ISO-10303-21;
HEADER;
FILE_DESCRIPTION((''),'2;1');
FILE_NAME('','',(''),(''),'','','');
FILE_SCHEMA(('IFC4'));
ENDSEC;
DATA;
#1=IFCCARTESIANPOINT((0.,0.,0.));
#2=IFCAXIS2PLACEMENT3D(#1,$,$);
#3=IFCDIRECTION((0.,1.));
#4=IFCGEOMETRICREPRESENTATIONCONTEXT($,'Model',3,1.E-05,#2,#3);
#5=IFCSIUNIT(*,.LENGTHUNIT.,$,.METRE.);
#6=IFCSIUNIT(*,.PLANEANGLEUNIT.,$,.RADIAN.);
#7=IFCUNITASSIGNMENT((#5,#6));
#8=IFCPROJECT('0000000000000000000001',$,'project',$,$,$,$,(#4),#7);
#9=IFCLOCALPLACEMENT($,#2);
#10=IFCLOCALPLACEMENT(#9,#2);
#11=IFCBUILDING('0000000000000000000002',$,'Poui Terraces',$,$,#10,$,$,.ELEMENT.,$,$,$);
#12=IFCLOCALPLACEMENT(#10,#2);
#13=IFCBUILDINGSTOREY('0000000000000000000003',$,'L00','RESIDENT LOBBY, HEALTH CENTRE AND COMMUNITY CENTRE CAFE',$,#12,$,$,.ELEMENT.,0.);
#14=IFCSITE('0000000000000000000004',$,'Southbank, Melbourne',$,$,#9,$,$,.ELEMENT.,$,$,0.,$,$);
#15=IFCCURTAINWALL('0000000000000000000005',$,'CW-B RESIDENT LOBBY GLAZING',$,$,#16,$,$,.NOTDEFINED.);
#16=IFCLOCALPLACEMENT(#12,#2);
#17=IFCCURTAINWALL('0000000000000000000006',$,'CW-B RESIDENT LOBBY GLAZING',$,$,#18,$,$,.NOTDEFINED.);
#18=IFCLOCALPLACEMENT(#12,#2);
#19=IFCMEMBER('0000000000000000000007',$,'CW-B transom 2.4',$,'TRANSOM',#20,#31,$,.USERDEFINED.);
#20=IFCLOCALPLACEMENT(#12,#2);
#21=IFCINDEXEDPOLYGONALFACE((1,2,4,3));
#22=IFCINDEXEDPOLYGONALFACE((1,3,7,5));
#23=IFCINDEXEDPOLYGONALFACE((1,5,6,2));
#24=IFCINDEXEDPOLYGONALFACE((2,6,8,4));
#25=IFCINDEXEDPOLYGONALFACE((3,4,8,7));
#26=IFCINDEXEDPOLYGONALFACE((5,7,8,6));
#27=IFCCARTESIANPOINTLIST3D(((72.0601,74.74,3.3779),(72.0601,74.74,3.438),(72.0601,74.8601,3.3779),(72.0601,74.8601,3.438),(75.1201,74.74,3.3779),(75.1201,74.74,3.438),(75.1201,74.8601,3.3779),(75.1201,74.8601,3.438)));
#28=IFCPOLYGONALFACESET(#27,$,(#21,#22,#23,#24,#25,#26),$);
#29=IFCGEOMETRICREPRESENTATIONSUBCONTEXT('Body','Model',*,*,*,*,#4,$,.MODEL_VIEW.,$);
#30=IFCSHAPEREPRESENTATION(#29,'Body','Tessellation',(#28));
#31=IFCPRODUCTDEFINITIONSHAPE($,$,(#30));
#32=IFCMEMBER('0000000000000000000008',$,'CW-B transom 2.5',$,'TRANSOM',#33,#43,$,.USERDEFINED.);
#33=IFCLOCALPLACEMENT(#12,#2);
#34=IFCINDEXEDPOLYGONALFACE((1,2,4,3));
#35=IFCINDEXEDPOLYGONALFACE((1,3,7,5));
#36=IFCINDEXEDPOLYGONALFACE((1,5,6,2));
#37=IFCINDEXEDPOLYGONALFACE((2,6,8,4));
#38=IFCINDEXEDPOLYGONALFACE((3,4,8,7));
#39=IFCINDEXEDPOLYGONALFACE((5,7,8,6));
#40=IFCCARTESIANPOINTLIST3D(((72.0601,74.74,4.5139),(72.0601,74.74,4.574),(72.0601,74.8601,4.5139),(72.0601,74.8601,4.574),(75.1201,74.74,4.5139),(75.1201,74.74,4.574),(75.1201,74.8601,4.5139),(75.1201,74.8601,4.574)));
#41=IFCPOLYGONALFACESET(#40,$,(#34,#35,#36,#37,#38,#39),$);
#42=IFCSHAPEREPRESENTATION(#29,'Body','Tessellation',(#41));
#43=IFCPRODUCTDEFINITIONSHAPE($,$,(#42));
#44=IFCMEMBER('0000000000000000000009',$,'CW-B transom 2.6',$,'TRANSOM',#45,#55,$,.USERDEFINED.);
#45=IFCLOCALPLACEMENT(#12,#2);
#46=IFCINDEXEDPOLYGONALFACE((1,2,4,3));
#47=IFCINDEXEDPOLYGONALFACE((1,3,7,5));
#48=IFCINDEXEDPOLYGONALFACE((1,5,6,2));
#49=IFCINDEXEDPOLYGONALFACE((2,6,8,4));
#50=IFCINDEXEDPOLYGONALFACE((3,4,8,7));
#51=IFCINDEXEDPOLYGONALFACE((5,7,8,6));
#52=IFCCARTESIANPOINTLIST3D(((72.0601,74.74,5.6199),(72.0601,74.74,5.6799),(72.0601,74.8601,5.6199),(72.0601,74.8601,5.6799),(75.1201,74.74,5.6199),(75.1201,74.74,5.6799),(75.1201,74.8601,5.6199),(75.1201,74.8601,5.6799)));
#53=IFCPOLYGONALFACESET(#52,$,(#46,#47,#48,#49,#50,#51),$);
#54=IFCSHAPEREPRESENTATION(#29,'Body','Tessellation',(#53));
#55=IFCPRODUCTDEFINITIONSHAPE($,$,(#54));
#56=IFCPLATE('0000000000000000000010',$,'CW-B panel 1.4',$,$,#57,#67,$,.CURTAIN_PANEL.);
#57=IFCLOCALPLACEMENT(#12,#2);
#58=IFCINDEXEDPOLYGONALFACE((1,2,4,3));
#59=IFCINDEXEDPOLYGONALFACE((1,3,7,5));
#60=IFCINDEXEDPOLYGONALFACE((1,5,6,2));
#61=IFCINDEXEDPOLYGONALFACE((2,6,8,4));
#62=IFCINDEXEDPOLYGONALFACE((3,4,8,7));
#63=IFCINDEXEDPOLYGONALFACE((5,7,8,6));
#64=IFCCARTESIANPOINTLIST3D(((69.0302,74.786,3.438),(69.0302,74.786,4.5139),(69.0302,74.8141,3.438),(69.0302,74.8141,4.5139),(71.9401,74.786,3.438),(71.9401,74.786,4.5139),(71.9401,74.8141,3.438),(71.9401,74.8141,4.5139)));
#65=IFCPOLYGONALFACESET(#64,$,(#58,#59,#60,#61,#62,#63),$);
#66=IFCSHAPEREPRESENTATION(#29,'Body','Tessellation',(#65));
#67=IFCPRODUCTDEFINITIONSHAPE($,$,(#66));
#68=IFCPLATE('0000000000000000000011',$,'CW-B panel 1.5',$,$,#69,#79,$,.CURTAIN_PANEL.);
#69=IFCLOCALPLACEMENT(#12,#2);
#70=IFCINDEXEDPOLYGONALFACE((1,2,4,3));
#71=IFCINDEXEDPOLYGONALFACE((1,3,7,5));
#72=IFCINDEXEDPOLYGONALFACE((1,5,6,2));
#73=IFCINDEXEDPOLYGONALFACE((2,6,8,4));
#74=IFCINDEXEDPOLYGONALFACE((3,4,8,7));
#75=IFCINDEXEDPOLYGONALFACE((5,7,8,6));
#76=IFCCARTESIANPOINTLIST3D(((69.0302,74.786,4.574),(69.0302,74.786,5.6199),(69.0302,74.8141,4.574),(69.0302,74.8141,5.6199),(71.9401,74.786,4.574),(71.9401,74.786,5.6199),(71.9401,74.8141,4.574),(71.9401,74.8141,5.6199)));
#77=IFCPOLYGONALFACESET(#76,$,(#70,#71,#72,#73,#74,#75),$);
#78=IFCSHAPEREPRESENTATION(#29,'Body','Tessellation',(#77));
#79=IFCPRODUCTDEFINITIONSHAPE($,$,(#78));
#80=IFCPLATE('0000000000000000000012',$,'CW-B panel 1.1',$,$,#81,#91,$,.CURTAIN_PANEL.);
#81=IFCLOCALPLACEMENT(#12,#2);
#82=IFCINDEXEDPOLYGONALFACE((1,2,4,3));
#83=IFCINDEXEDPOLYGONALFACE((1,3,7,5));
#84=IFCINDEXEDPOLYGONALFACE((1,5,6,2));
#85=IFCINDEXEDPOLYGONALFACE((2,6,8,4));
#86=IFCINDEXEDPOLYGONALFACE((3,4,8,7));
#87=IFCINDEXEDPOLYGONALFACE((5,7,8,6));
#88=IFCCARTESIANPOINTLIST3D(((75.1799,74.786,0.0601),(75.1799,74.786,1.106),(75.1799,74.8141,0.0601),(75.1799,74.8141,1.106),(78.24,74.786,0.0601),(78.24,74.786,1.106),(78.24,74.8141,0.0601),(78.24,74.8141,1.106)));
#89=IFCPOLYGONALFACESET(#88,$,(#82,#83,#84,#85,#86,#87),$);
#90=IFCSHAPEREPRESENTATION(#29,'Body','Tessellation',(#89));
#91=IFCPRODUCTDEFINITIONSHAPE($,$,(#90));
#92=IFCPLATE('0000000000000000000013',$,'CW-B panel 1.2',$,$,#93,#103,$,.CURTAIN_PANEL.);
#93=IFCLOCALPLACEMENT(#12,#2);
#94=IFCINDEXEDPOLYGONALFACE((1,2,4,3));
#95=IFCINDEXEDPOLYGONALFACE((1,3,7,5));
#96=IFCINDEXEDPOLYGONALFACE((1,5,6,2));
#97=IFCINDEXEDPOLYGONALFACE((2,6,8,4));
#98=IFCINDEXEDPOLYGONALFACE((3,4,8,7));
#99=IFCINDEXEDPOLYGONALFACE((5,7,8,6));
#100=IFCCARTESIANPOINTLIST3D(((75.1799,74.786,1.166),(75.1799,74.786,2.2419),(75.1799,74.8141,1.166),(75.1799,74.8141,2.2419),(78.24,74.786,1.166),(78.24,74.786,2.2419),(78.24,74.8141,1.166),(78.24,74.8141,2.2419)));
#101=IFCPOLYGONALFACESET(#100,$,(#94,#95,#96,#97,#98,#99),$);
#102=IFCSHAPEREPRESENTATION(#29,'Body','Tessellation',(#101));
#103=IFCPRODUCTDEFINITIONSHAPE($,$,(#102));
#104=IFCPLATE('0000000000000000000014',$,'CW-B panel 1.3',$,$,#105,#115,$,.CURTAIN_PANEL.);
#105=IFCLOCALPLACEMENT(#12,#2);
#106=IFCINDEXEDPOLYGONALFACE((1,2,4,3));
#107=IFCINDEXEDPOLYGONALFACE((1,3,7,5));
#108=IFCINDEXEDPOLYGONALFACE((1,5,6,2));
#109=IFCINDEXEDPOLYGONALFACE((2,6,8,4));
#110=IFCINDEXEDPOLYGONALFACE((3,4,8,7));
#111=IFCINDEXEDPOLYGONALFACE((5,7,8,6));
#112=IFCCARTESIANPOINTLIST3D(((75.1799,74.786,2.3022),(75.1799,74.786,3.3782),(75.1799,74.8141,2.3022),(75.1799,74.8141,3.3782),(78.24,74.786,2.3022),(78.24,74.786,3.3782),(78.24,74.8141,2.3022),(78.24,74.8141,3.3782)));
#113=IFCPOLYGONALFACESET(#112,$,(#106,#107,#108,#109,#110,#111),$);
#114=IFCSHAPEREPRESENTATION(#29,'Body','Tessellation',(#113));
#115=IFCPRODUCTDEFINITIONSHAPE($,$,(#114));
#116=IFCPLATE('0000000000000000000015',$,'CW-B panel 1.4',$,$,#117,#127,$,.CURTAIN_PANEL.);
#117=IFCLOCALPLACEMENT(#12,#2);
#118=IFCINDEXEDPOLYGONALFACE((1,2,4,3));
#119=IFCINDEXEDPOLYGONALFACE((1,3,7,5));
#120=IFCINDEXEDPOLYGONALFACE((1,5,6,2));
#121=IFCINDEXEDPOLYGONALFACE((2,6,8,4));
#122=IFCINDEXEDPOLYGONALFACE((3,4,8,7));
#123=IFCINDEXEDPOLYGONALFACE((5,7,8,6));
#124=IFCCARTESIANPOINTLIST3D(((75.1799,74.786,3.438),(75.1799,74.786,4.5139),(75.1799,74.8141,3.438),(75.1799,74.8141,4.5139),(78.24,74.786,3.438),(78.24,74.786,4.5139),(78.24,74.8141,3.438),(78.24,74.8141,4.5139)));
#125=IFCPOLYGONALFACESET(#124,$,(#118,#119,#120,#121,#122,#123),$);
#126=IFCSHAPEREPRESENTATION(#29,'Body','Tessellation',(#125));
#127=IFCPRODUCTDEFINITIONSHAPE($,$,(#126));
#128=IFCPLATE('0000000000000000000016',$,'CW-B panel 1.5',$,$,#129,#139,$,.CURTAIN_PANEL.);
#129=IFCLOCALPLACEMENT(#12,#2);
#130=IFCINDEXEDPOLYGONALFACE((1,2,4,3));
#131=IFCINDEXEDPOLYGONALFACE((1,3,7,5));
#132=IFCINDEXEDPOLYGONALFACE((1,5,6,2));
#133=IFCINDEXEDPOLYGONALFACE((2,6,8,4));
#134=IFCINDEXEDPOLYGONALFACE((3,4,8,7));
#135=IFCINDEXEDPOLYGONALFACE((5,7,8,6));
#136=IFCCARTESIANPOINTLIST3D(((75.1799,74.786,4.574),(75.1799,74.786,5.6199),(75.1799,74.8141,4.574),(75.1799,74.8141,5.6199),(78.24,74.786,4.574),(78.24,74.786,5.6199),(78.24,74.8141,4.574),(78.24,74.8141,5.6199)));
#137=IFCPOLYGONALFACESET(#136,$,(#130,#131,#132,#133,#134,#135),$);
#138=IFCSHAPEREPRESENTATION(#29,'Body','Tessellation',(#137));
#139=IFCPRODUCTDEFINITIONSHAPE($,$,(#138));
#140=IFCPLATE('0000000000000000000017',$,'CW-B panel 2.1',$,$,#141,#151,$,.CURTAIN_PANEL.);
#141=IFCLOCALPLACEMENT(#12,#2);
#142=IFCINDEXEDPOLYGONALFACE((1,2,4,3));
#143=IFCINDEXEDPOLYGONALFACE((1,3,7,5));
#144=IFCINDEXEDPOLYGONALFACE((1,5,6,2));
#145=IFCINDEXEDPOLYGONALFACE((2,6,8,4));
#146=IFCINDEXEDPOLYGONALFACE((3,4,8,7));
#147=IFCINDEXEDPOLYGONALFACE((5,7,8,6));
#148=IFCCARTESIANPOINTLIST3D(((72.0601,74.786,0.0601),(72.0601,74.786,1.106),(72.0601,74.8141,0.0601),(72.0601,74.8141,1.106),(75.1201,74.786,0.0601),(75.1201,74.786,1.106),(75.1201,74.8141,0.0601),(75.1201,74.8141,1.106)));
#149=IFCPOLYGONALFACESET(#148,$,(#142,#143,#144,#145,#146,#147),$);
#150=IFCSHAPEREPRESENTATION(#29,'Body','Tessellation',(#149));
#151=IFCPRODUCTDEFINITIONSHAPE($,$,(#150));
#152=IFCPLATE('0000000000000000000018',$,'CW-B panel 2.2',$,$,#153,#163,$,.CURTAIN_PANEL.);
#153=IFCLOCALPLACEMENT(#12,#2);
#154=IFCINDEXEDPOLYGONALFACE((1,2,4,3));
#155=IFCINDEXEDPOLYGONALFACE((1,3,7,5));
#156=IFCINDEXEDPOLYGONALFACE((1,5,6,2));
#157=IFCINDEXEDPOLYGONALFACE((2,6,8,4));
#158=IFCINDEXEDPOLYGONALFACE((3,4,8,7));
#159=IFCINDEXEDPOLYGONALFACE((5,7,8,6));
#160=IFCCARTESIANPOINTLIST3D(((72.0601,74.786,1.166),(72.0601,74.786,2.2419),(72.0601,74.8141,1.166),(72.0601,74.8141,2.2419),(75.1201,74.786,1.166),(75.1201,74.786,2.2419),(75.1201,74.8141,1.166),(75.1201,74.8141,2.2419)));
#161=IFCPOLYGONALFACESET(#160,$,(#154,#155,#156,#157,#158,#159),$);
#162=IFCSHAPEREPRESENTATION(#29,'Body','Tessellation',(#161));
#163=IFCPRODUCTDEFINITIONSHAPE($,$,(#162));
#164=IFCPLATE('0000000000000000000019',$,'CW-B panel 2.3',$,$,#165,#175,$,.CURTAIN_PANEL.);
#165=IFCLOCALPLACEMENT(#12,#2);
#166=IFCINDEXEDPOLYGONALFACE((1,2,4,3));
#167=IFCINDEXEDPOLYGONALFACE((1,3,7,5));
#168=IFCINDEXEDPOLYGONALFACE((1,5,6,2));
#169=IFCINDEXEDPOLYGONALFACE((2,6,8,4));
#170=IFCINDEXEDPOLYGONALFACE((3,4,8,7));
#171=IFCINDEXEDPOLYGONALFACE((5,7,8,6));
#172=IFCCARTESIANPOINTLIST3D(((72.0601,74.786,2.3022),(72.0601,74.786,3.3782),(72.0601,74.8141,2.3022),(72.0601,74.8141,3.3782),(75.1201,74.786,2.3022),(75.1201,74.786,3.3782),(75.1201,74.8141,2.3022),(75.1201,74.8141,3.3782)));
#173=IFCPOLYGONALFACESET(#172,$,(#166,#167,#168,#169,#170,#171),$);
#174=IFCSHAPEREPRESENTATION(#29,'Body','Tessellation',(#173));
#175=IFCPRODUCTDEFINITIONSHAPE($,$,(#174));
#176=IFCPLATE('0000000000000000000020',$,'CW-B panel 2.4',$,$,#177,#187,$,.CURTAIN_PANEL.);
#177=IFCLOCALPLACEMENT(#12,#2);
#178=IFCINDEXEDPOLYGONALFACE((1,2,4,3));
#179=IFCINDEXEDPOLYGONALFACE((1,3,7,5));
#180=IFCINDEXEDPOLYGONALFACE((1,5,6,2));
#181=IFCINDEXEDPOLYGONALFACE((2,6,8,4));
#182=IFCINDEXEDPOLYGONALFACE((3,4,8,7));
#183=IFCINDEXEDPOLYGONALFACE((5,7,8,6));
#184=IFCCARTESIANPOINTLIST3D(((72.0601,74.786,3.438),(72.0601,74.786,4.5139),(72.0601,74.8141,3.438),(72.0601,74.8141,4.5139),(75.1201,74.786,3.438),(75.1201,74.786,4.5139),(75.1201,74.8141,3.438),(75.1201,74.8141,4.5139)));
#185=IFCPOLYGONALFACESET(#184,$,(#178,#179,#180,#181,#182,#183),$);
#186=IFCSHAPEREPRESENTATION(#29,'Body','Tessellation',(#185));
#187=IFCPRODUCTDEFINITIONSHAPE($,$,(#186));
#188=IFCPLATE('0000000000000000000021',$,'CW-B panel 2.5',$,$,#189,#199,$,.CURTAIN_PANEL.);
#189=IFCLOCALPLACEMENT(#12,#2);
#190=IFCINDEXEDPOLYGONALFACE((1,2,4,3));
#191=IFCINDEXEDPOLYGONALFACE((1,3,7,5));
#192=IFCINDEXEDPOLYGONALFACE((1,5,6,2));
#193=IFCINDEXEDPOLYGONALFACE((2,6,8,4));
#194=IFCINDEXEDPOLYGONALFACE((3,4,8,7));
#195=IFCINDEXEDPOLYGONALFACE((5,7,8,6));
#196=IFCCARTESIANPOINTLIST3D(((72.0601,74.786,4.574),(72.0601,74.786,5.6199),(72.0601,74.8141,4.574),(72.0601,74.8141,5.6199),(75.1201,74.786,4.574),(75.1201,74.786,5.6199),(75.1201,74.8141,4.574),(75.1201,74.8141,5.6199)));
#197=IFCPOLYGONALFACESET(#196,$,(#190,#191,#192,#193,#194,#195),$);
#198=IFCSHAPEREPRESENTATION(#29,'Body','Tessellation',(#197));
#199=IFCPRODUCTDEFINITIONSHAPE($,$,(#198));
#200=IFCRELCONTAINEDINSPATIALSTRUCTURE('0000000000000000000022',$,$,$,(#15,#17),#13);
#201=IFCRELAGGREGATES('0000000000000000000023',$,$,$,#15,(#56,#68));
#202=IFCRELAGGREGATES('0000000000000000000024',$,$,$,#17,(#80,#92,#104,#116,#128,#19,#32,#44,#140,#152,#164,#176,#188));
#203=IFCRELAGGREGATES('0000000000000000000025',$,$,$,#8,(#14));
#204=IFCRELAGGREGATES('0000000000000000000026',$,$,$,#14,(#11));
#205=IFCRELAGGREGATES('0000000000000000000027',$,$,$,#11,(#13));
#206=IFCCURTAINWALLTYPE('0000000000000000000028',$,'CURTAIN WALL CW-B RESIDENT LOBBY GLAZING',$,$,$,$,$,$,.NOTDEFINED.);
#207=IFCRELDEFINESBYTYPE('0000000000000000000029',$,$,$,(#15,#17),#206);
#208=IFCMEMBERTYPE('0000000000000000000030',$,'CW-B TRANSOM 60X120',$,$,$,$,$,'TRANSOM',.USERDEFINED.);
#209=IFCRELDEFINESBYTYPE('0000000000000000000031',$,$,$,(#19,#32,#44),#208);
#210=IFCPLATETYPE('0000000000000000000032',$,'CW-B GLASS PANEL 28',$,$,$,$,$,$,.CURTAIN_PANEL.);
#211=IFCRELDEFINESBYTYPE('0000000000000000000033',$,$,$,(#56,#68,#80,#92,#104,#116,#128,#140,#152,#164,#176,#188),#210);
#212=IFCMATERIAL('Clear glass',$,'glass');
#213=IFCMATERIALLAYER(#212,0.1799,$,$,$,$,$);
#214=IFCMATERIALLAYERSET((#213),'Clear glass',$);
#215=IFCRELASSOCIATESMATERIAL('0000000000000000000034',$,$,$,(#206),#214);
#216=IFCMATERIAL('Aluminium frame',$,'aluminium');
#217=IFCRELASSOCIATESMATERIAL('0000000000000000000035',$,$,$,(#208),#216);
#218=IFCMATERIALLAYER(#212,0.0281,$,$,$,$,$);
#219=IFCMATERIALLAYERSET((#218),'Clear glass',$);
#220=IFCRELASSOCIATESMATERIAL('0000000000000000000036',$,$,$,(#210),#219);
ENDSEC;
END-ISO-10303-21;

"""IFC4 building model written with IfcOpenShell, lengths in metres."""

from ifc_helpers import new_model, si_unit, direction, frame, origin, origin_2d, place, context, subcontext, project, spatial, rectangle, extrude, material, layer, layer_set, material_profile, profile_set, type_object, element, aggregate, save


model = new_model("IFC4")

# Units and contexts
model_context = context("Model", 3, precision=1e-05, world=origin(), true_north=direction((0.0, 1.0)))
body_context = subcontext(model_context, "Body", "Model", "MODEL_VIEW")
ifc_project = project(units=[si_unit("LENGTHUNIT", "METRE"), si_unit("PLANEANGLEUNIT", "RADIAN")], contexts=[model_context])

# Site, building, storey
site_placement = place(None, origin())
site = spatial("IfcSite", under=ifc_project, at=site_placement, Name="Southbank, Melbourne", CompositionType="ELEMENT", RefElevation=0.0)
building_placement = place(site_placement, origin())
building = spatial("IfcBuilding", under=site, at=building_placement, Name="Poui Terraces", CompositionType="ELEMENT")
storey_placement = place(building_placement, origin())
storey = spatial("IfcBuildingStorey", under=building, at=storey_placement, Name="L00", Description="RESIDENT LOBBY, HEALTH CENTRE AND COMMUNITY CENTRE CAFE", CompositionType="ELEMENT", Elevation=0.0)

# Curtain wall
ifc_material_1 = material(Name="Clear glass", Category="glass")
ifc_layer_1 = layer(ifc_material_1, 0.1799)
ifc_layer_set_1 = layer_set([ifc_layer_1], Name="Clear glass")
curtain_wall_type = type_object("IfcCurtainWallType", Name="CURTAIN WALL CW-B RESIDENT LOBBY GLAZING", PredefinedType="NOTDEFINED", material=ifc_layer_set_1)
curtain_wall_1_placement = place(storey_placement, origin())
curtain_wall_1 = element("IfcCurtainWall", 1, at=curtain_wall_1_placement, inside=storey, type_object=curtain_wall_type, Name="CW-B RESIDENT LOBBY GLAZING", PredefinedType="NOTDEFINED")
ifc_material_2 = material(Name="Aluminium frame", Category="aluminium")

# Curtain wall
curtain_wall_2_placement = place(storey_placement, origin())
curtain_wall_2 = element("IfcCurtainWall", 2, at=curtain_wall_2_placement, inside=storey, type_object=curtain_wall_type, Name="CW-B RESIDENT LOBBY GLAZING", PredefinedType="NOTDEFINED")

# Members
ifc_material_profile_1 = material_profile(ifc_material_2, rectangle(XDim=0.1201, YDim=0.0601, at=origin_2d()), Name="CW-B TRANSOM 60X120")
ifc_profile_set_1 = profile_set([ifc_material_profile_1], Name="Aluminium frame")
member_type_1 = type_object("IfcMemberType", Name="CW-B TRANSOM 60X120", ElementType="TRANSOM", PredefinedType="USERDEFINED", material=ifc_profile_set_1)
member_1_placement = place(storey_placement, frame((75.1201, 74.8, 3.408), z_axis=(-1.0, 0.0, 0.0), x_axis=(0.0, -1.0, 0.0)))
member_1 = element("IfcMember", 3, at=member_1_placement, type_object=member_type_1, Name="CW-B transom 2.4", ObjectType="TRANSOM", PredefinedType="USERDEFINED", context=body_context, shape_type="SweptSolid", body=[
    extrude(rectangle(XDim=0.1201, YDim=0.0601, at=origin_2d()), origin(), (0.0, 0.0, 1.0), 3.0601),
])
member_2_placement = place(storey_placement, frame((75.1201, 74.8, 4.5439), z_axis=(-1.0, 0.0, 0.0), x_axis=(0.0, -1.0, 0.0)))
member_2 = element("IfcMember", 4, at=member_2_placement, type_object=member_type_1, Name="CW-B transom 2.5", ObjectType="TRANSOM", PredefinedType="USERDEFINED", context=body_context, shape_type="SweptSolid", body=[
    extrude(rectangle(XDim=0.1201, YDim=0.0601, at=origin_2d()), origin(), (0.0, 0.0, 1.0), 3.0601),
])
member_3_placement = place(storey_placement, frame((75.1201, 74.8, 5.6499), z_axis=(-1.0, 0.0, 0.0), x_axis=(0.0, -1.0, 0.0)))
member_3 = element("IfcMember", 5, at=member_3_placement, type_object=member_type_1, Name="CW-B transom 2.6", ObjectType="TRANSOM", PredefinedType="USERDEFINED", context=body_context, shape_type="SweptSolid", body=[
    extrude(rectangle(XDim=0.1201, YDim=0.0601, at=origin_2d()), origin(), (0.0, 0.0, 1.0), 3.0601),
])

# Plates
ifc_layer_2 = layer(ifc_material_1, 0.0281)
ifc_layer_set_2 = layer_set([ifc_layer_2], Name="Clear glass")
plate_type = type_object("IfcPlateType", Name="CW-B GLASS PANEL 28", PredefinedType="CURTAIN_PANEL", material=ifc_layer_set_2)
plate_1_placement = place(storey_placement, frame((70.4851, 74.8, 3.438), z_axis=(0.0, 0.0, 1.0), x_axis=(-1.0, 0.0, 0.0)))
plate_1 = element("IfcPlate", 6, at=plate_1_placement, type_object=plate_type, Name="CW-B panel 1.4", PredefinedType="CURTAIN_PANEL", context=body_context, shape_type="SweptSolid", body=[
    extrude(rectangle(XDim=2.9099, YDim=0.0281, at=origin_2d()), origin(), (0.0, 0.0, 1.0), 1.0759),
])
plate_2_placement = place(storey_placement, frame((70.4851, 74.8, 4.574), z_axis=(0.0, 0.0, 1.0), x_axis=(-1.0, 0.0, 0.0)))
plate_2 = element("IfcPlate", 7, at=plate_2_placement, type_object=plate_type, Name="CW-B panel 1.5", PredefinedType="CURTAIN_PANEL", context=body_context, shape_type="SweptSolid", body=[
    extrude(rectangle(XDim=2.9099, YDim=0.0281, at=origin_2d()), origin(), (0.0, 0.0, 1.0), 1.0459),
])
aggregate(curtain_wall_1, [plate_1, plate_2])
plate_3_placement = place(storey_placement, frame((76.71, 74.8, 0.0601), z_axis=(0.0, 0.0, 1.0), x_axis=(-1.0, 0.0, 0.0)))
plate_3 = element("IfcPlate", 8, at=plate_3_placement, type_object=plate_type, Name="CW-B panel 1.1", PredefinedType="CURTAIN_PANEL", context=body_context, shape_type="SweptSolid", body=[
    extrude(rectangle(XDim=3.0601, YDim=0.0281, at=origin_2d()), origin(), (0.0, 0.0, 1.0), 1.0459),
])
plate_4_placement = place(storey_placement, frame((76.71, 74.8, 1.166), z_axis=(0.0, 0.0, 1.0), x_axis=(-1.0, 0.0, 0.0)))
plate_4 = element("IfcPlate", 9, at=plate_4_placement, type_object=plate_type, Name="CW-B panel 1.2", PredefinedType="CURTAIN_PANEL", context=body_context, shape_type="SweptSolid", body=[
    extrude(rectangle(XDim=3.0601, YDim=0.0281, at=origin_2d()), origin(), (0.0, 0.0, 1.0), 1.0759),
])
plate_5_placement = place(storey_placement, frame((76.71, 74.8, 2.3022), z_axis=(0.0, 0.0, 1.0), x_axis=(-1.0, 0.0, 0.0)))
plate_5 = element("IfcPlate", 10, at=plate_5_placement, type_object=plate_type, Name="CW-B panel 1.3", PredefinedType="CURTAIN_PANEL", context=body_context, shape_type="SweptSolid", body=[
    extrude(rectangle(XDim=3.0601, YDim=0.0281, at=origin_2d()), origin(), (0.0, 0.0, 1.0), 1.0759),
])
plate_6_placement = place(storey_placement, frame((76.71, 74.8, 3.438), z_axis=(0.0, 0.0, 1.0), x_axis=(-1.0, 0.0, 0.0)))
plate_6 = element("IfcPlate", 11, at=plate_6_placement, type_object=plate_type, Name="CW-B panel 1.4", PredefinedType="CURTAIN_PANEL", context=body_context, shape_type="SweptSolid", body=[
    extrude(rectangle(XDim=3.0601, YDim=0.0281, at=origin_2d()), origin(), (0.0, 0.0, 1.0), 1.0759),
])
plate_7_placement = place(storey_placement, frame((76.71, 74.8, 4.574), z_axis=(0.0, 0.0, 1.0), x_axis=(-1.0, 0.0, 0.0)))
plate_7 = element("IfcPlate", 12, at=plate_7_placement, type_object=plate_type, Name="CW-B panel 1.5", PredefinedType="CURTAIN_PANEL", context=body_context, shape_type="SweptSolid", body=[
    extrude(rectangle(XDim=3.0601, YDim=0.0281, at=origin_2d()), origin(), (0.0, 0.0, 1.0), 1.0459),
])
plate_8_placement = place(storey_placement, frame((73.5901, 74.8, 0.0601), z_axis=(0.0, 0.0, 1.0), x_axis=(-1.0, 0.0, 0.0)))
plate_8 = element("IfcPlate", 13, at=plate_8_placement, type_object=plate_type, Name="CW-B panel 2.1", PredefinedType="CURTAIN_PANEL", context=body_context, shape_type="SweptSolid", body=[
    extrude(rectangle(XDim=3.0601, YDim=0.0281, at=origin_2d()), origin(), (0.0, 0.0, 1.0), 1.0459),
])
plate_9_placement = place(storey_placement, frame((73.5901, 74.8, 1.166), z_axis=(0.0, 0.0, 1.0), x_axis=(-1.0, 0.0, 0.0)))
plate_9 = element("IfcPlate", 14, at=plate_9_placement, type_object=plate_type, Name="CW-B panel 2.2", PredefinedType="CURTAIN_PANEL", context=body_context, shape_type="SweptSolid", body=[
    extrude(rectangle(XDim=3.0601, YDim=0.0281, at=origin_2d()), origin(), (0.0, 0.0, 1.0), 1.0759),
])
plate_10_placement = place(storey_placement, frame((73.5901, 74.8, 2.3022), z_axis=(0.0, 0.0, 1.0), x_axis=(-1.0, 0.0, 0.0)))
plate_10 = element("IfcPlate", 15, at=plate_10_placement, type_object=plate_type, Name="CW-B panel 2.3", PredefinedType="CURTAIN_PANEL", context=body_context, shape_type="SweptSolid", body=[
    extrude(rectangle(XDim=3.0601, YDim=0.0281, at=origin_2d()), origin(), (0.0, 0.0, 1.0), 1.0759),
])
plate_11_placement = place(storey_placement, frame((73.5901, 74.8, 3.438), z_axis=(0.0, 0.0, 1.0), x_axis=(-1.0, 0.0, 0.0)))
plate_11 = element("IfcPlate", 16, at=plate_11_placement, type_object=plate_type, Name="CW-B panel 2.4", PredefinedType="CURTAIN_PANEL", context=body_context, shape_type="SweptSolid", body=[
    extrude(rectangle(XDim=3.0601, YDim=0.0281, at=origin_2d()), origin(), (0.0, 0.0, 1.0), 1.0759),
])
plate_12_placement = place(storey_placement, frame((73.5901, 74.8, 4.574), z_axis=(0.0, 0.0, 1.0), x_axis=(-1.0, 0.0, 0.0)))
plate_12 = element("IfcPlate", 17, at=plate_12_placement, type_object=plate_type, Name="CW-B panel 2.5", PredefinedType="CURTAIN_PANEL", context=body_context, shape_type="SweptSolid", body=[
    extrude(rectangle(XDim=3.0601, YDim=0.0281, at=origin_2d()), origin(), (0.0, 0.0, 1.0), 1.0459),
])
aggregate(curtain_wall_2, [plate_3, plate_4, plate_5, plate_6, plate_7, member_1, member_2, member_3, plate_8, plate_9, plate_10, plate_11, plate_12])

save(model, "model.ifc")
